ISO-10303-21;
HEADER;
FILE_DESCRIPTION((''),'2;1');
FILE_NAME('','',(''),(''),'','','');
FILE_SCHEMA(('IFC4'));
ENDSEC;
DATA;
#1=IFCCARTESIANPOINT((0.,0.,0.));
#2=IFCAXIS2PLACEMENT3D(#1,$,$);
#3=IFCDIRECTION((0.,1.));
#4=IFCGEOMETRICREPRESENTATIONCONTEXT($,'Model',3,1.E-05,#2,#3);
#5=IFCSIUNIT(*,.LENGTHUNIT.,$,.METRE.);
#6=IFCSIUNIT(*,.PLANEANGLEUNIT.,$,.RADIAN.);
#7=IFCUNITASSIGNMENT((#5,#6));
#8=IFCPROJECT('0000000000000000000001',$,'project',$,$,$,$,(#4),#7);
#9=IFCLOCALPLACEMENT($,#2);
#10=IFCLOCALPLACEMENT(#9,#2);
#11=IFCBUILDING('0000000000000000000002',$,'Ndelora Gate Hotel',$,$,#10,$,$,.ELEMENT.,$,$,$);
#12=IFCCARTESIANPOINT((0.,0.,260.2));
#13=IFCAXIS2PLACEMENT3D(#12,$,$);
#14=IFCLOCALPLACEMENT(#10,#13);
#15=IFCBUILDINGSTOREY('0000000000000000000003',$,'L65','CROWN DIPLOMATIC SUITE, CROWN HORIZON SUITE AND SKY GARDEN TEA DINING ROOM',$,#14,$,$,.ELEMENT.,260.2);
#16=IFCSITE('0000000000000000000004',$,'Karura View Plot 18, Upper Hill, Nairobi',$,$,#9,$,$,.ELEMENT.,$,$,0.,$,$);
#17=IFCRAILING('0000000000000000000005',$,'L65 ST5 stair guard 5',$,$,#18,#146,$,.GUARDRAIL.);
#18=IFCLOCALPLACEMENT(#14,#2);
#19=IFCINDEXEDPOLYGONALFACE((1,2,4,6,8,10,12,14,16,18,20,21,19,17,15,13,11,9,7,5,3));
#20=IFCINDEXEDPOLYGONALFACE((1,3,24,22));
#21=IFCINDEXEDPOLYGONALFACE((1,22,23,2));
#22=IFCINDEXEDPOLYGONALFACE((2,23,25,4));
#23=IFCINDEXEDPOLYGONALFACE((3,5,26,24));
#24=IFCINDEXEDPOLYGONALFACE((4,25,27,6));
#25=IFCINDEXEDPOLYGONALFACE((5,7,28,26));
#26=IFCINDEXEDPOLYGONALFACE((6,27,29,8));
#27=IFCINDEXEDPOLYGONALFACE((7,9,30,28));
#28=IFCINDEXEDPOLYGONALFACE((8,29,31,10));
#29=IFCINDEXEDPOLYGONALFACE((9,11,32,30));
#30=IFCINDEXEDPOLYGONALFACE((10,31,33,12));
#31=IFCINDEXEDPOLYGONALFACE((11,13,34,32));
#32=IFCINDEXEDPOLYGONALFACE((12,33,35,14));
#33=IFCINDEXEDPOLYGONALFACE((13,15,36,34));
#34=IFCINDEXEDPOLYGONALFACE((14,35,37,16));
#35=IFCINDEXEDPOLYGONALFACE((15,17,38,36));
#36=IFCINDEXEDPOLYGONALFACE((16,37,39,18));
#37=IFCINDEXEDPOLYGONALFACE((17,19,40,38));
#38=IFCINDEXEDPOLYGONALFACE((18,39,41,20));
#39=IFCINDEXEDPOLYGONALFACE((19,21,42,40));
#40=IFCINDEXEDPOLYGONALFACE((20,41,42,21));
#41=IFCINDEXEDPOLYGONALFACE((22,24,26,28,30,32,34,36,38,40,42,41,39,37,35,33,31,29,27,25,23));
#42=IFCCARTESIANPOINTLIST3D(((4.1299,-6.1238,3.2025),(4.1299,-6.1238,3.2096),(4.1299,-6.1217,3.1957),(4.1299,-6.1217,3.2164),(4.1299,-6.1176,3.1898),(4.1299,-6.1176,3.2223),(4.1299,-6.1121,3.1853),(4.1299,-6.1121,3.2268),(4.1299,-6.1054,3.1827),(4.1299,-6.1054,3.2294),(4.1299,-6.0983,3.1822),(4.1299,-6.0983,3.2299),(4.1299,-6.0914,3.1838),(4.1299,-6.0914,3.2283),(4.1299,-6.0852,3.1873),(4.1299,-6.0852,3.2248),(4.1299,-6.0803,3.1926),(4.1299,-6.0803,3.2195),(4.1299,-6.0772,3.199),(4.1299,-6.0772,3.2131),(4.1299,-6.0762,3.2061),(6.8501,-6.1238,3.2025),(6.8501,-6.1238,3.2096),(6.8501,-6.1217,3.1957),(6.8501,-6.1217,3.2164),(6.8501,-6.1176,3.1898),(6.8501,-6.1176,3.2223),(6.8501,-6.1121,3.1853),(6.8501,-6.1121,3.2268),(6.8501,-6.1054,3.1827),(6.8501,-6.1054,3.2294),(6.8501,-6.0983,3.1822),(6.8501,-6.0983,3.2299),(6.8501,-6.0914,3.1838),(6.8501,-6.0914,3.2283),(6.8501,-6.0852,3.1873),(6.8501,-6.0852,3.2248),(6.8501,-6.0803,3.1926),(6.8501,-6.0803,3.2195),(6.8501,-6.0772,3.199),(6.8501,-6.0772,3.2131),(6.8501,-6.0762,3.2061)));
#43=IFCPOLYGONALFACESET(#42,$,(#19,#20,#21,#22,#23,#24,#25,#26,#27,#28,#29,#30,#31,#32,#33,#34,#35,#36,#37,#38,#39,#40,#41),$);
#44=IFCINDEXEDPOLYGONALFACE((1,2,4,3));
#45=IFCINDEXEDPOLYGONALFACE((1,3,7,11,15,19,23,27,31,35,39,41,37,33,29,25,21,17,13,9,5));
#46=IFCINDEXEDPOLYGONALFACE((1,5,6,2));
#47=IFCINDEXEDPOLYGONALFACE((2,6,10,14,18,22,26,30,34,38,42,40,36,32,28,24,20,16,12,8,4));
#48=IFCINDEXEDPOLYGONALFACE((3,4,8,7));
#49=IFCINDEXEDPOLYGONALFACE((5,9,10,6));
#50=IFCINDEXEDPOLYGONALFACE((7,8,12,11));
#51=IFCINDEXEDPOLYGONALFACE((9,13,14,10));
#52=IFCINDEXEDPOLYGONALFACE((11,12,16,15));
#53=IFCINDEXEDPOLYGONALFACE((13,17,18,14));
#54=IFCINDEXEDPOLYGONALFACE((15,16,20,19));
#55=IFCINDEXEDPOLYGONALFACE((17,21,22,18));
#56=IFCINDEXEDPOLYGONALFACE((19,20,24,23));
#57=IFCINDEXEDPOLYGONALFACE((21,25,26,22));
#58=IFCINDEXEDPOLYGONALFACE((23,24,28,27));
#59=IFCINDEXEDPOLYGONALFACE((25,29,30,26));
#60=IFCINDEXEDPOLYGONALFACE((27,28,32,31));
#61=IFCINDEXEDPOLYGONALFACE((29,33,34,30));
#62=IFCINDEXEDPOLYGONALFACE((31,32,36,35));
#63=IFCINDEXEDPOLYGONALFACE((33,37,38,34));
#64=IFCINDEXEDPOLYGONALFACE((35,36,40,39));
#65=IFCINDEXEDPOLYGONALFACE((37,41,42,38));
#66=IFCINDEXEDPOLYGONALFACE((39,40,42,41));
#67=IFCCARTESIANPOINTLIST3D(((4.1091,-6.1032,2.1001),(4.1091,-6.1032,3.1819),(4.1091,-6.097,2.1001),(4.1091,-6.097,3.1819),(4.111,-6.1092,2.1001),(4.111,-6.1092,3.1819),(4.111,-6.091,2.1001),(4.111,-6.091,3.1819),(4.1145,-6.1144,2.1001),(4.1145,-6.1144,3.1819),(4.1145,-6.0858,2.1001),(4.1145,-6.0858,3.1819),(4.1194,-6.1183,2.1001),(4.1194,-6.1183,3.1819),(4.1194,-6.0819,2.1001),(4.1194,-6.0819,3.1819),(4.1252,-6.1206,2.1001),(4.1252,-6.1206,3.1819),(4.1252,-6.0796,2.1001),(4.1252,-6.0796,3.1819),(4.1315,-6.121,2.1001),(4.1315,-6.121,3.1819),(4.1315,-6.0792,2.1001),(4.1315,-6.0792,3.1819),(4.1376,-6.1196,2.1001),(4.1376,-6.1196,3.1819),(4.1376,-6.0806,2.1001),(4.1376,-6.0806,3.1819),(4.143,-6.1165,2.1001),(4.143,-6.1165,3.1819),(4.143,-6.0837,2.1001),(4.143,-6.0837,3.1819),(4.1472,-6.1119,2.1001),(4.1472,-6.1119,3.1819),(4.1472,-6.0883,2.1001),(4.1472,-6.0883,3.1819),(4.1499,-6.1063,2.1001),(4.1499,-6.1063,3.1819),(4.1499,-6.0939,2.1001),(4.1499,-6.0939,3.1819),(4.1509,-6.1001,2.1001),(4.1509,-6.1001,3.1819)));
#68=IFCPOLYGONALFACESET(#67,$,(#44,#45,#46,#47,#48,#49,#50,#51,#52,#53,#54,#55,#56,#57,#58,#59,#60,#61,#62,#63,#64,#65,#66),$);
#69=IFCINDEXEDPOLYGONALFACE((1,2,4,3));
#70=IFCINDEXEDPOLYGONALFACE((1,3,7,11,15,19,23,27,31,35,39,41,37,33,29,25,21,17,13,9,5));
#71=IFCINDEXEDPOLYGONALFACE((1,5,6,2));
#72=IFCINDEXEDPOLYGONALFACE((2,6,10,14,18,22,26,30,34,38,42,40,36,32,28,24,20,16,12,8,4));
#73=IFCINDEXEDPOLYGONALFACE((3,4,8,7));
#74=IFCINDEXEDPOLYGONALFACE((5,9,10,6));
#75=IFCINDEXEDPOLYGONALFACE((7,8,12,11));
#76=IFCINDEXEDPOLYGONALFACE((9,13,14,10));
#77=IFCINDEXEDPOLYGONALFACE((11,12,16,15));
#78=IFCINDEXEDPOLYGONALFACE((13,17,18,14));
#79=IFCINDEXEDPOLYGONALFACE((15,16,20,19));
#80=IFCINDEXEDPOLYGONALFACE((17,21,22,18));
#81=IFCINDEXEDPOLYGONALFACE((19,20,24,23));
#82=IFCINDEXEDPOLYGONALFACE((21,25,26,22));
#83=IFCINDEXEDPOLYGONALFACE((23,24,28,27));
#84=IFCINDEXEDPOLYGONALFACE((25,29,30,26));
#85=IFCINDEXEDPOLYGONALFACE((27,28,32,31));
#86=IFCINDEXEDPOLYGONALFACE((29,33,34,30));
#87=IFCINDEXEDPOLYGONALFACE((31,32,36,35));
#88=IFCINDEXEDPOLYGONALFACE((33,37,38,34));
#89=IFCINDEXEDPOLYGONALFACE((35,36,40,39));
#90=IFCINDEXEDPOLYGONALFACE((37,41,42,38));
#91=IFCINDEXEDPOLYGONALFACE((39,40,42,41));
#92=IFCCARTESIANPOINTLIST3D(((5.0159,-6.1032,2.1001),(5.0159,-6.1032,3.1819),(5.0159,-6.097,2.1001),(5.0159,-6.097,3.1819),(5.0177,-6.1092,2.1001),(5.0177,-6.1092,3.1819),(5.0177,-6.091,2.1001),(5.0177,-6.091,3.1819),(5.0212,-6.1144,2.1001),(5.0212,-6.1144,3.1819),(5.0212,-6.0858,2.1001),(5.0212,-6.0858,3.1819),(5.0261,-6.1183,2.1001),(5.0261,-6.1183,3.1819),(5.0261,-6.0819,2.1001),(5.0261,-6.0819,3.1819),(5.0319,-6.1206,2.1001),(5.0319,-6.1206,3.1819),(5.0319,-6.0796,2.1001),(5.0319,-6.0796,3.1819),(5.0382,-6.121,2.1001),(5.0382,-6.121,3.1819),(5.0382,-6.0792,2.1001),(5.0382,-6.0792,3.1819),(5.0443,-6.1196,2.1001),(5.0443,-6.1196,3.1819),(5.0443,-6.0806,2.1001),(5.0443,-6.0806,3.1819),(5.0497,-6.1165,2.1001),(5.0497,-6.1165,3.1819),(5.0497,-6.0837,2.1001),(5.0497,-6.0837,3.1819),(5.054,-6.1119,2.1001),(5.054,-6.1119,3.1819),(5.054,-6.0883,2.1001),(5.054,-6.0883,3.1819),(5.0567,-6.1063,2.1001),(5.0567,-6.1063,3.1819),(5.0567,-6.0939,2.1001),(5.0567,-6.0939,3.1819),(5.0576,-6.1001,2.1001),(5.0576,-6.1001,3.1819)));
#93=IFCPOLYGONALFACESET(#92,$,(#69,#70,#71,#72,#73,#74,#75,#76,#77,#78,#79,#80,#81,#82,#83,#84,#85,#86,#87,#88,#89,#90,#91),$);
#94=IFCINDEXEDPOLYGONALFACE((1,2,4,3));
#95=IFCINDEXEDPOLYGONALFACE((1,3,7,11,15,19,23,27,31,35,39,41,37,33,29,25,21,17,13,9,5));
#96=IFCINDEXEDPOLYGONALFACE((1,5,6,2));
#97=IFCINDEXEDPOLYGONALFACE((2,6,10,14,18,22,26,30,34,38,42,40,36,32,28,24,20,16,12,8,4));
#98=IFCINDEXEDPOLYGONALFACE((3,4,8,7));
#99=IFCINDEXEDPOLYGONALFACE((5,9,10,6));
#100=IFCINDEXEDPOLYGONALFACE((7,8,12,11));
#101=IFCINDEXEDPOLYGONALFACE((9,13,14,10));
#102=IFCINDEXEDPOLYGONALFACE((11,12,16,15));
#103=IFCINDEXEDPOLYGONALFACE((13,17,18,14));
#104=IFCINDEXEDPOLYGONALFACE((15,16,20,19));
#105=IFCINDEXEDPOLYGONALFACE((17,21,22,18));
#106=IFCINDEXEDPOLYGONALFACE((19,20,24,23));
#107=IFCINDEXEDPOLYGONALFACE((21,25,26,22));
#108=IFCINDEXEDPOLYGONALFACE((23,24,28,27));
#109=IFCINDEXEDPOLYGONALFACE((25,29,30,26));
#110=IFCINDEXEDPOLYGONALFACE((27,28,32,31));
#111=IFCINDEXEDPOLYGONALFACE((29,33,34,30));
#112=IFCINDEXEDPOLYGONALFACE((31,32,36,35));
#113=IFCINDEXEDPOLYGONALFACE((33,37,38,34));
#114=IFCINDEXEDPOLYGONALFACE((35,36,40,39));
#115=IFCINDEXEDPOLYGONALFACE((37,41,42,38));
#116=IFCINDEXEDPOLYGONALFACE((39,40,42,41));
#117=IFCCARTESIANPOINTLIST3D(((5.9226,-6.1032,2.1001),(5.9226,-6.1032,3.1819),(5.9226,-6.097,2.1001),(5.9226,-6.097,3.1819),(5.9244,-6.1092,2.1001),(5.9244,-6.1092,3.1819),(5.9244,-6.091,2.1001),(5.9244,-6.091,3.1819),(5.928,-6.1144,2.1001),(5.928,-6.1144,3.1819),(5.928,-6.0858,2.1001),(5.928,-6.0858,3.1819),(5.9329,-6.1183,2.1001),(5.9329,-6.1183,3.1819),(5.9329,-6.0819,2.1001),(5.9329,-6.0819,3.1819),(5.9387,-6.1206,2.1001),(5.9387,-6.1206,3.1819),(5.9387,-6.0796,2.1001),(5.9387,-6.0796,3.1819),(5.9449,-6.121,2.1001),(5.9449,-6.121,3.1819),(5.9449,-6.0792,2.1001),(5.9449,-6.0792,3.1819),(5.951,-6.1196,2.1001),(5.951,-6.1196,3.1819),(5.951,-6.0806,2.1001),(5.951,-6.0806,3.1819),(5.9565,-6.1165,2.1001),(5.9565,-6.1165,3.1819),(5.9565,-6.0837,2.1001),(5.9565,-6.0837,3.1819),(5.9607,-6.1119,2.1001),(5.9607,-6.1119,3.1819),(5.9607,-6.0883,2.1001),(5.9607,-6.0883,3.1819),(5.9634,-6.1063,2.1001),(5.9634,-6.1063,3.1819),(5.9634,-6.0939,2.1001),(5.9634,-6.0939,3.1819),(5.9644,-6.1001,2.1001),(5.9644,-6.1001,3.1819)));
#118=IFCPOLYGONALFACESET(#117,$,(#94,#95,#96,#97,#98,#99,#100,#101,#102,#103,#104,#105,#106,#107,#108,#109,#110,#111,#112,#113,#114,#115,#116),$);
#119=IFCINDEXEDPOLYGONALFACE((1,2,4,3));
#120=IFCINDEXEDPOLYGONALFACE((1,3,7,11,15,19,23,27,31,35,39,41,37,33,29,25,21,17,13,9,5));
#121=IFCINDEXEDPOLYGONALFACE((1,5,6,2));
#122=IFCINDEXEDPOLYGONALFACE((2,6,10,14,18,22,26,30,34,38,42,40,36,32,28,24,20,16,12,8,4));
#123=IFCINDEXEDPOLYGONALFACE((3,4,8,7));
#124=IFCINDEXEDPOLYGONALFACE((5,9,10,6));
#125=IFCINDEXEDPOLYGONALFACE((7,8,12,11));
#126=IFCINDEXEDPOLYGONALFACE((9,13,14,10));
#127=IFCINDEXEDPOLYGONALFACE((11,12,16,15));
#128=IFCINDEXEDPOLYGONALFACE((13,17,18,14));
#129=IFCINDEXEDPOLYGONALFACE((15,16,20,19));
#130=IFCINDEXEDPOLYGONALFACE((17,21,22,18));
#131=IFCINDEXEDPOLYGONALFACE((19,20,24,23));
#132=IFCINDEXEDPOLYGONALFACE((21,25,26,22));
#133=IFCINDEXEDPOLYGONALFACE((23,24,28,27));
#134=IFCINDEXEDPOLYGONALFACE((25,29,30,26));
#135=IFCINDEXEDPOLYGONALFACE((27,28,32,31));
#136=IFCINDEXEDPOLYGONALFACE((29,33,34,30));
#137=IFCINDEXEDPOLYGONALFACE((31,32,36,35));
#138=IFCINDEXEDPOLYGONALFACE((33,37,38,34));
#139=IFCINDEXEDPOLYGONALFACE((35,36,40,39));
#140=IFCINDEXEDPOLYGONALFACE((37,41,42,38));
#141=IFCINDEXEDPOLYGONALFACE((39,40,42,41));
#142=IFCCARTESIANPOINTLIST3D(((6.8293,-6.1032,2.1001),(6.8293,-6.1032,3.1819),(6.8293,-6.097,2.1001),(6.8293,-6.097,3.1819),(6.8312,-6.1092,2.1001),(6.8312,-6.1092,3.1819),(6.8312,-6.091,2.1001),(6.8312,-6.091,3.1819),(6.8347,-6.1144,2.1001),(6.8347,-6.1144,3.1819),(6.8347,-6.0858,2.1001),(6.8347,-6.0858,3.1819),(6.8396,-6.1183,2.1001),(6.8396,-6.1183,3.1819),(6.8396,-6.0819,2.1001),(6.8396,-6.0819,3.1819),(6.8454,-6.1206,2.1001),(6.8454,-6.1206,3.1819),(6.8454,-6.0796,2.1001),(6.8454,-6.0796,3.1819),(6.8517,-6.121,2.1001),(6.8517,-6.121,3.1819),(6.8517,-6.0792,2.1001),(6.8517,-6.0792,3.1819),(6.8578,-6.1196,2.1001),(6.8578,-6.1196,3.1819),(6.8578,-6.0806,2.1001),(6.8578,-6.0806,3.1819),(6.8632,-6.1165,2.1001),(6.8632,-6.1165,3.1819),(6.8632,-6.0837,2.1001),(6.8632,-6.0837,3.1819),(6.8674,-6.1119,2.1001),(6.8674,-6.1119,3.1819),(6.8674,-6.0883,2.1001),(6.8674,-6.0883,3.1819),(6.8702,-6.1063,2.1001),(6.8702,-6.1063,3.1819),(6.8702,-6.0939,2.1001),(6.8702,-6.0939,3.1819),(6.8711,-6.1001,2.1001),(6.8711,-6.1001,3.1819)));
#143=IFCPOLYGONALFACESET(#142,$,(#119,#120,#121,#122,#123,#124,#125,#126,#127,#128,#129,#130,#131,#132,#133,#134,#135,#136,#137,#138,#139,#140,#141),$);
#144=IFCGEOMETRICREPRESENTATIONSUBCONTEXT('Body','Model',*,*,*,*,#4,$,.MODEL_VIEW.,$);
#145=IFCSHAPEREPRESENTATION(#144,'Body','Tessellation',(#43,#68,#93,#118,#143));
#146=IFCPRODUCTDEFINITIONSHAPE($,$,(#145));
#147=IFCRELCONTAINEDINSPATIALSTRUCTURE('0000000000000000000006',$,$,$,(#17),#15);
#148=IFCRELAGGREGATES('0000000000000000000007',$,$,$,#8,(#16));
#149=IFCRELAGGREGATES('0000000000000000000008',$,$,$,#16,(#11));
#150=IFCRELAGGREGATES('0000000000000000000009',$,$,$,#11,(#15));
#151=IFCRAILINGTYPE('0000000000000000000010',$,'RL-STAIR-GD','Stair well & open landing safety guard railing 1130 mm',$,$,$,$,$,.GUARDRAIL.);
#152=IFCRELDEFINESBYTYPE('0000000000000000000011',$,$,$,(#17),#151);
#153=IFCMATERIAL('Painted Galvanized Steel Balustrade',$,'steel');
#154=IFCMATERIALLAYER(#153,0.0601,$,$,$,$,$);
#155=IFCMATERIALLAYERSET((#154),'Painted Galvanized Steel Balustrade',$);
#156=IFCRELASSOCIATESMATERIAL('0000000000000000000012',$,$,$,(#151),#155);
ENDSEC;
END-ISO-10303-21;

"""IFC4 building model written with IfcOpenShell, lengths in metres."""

from ifc_helpers import new_model, si_unit, direction, frame, origin, origin_2d, place, context, subcontext, project, spatial, circle, extrude, material, layer, layer_set, type_object, element, save


model = new_model("IFC4")

# Units and contexts
model_context = context("Model", 3, precision=1e-05, world=origin(), true_north=direction((0.0, 1.0)))
body_context = subcontext(model_context, "Body", "Model", "MODEL_VIEW")
ifc_project = project(units=[si_unit("LENGTHUNIT", "METRE"), si_unit("PLANEANGLEUNIT", "RADIAN")], contexts=[model_context])

# Site, building, storey
site_placement = place(None, origin())
site = spatial("IfcSite", under=ifc_project, at=site_placement, Name="Karura View Plot 18, Upper Hill, Nairobi", CompositionType="ELEMENT", RefElevation=0.0)
building_placement = place(site_placement, origin())
building = spatial("IfcBuilding", under=site, at=building_placement, Name="Ndelora Gate Hotel", CompositionType="ELEMENT")
storey_placement = place(building_placement, frame((0.0, 0.0, 260.2)))
storey = spatial("IfcBuildingStorey", under=building, at=storey_placement, Name="L65", Description="CROWN DIPLOMATIC SUITE, CROWN HORIZON SUITE AND SKY GARDEN TEA DINING ROOM", CompositionType="ELEMENT", Elevation=260.2)

# Railing
ifc_material_1 = material(Name="Painted Galvanized Steel Balustrade", Category="steel")
ifc_layer_1 = layer(ifc_material_1, 0.0601)
ifc_layer_set_1 = layer_set([ifc_layer_1], Name="Painted Galvanized Steel Balustrade")
railing_type_1 = type_object("IfcRailingType", Name="RL-STAIR-GD", Description="Stair well & open landing safety guard railing 1130 mm", PredefinedType="GUARDRAIL", material=ifc_layer_set_1)
railing_1_placement = place(storey_placement, frame((4.1299, -6.1001, 2.1001)))
element("IfcRailing", 1, at=railing_1_placement, inside=storey, type_object=railing_type_1, Name="L65 ST5 stair guard 5", PredefinedType="GUARDRAIL", context=body_context, shape_type="SweptSolid", body=[
    extrude(circle(Radius=0.0239, at=origin_2d()), frame((0.0, 0.0, 1.106), z_axis=(1.0, 0.0, 0.0), x_axis=(0.0, 1.0, 0.0)), (0.0, 0.0, 1.0), 2.7202),
    extrude(circle(Radius=0.021, at=origin_2d()), origin(), (0.0, 0.0, 1.0), 1.0818),
    extrude(circle(Radius=0.021, at=origin_2d()), frame((0.9067, 0.0, 0.0)), (0.0, 0.0, 1.0), 1.0818),
    extrude(circle(Radius=0.021, at=origin_2d()), frame((1.8135, 0.0, 0.0)), (0.0, 0.0, 1.0), 1.0818),
    extrude(circle(Radius=0.021, at=origin_2d()), frame((2.7202, 0.0, 0.0)), (0.0, 0.0, 1.0), 1.0818),
])

save(model, "model.ifc")
